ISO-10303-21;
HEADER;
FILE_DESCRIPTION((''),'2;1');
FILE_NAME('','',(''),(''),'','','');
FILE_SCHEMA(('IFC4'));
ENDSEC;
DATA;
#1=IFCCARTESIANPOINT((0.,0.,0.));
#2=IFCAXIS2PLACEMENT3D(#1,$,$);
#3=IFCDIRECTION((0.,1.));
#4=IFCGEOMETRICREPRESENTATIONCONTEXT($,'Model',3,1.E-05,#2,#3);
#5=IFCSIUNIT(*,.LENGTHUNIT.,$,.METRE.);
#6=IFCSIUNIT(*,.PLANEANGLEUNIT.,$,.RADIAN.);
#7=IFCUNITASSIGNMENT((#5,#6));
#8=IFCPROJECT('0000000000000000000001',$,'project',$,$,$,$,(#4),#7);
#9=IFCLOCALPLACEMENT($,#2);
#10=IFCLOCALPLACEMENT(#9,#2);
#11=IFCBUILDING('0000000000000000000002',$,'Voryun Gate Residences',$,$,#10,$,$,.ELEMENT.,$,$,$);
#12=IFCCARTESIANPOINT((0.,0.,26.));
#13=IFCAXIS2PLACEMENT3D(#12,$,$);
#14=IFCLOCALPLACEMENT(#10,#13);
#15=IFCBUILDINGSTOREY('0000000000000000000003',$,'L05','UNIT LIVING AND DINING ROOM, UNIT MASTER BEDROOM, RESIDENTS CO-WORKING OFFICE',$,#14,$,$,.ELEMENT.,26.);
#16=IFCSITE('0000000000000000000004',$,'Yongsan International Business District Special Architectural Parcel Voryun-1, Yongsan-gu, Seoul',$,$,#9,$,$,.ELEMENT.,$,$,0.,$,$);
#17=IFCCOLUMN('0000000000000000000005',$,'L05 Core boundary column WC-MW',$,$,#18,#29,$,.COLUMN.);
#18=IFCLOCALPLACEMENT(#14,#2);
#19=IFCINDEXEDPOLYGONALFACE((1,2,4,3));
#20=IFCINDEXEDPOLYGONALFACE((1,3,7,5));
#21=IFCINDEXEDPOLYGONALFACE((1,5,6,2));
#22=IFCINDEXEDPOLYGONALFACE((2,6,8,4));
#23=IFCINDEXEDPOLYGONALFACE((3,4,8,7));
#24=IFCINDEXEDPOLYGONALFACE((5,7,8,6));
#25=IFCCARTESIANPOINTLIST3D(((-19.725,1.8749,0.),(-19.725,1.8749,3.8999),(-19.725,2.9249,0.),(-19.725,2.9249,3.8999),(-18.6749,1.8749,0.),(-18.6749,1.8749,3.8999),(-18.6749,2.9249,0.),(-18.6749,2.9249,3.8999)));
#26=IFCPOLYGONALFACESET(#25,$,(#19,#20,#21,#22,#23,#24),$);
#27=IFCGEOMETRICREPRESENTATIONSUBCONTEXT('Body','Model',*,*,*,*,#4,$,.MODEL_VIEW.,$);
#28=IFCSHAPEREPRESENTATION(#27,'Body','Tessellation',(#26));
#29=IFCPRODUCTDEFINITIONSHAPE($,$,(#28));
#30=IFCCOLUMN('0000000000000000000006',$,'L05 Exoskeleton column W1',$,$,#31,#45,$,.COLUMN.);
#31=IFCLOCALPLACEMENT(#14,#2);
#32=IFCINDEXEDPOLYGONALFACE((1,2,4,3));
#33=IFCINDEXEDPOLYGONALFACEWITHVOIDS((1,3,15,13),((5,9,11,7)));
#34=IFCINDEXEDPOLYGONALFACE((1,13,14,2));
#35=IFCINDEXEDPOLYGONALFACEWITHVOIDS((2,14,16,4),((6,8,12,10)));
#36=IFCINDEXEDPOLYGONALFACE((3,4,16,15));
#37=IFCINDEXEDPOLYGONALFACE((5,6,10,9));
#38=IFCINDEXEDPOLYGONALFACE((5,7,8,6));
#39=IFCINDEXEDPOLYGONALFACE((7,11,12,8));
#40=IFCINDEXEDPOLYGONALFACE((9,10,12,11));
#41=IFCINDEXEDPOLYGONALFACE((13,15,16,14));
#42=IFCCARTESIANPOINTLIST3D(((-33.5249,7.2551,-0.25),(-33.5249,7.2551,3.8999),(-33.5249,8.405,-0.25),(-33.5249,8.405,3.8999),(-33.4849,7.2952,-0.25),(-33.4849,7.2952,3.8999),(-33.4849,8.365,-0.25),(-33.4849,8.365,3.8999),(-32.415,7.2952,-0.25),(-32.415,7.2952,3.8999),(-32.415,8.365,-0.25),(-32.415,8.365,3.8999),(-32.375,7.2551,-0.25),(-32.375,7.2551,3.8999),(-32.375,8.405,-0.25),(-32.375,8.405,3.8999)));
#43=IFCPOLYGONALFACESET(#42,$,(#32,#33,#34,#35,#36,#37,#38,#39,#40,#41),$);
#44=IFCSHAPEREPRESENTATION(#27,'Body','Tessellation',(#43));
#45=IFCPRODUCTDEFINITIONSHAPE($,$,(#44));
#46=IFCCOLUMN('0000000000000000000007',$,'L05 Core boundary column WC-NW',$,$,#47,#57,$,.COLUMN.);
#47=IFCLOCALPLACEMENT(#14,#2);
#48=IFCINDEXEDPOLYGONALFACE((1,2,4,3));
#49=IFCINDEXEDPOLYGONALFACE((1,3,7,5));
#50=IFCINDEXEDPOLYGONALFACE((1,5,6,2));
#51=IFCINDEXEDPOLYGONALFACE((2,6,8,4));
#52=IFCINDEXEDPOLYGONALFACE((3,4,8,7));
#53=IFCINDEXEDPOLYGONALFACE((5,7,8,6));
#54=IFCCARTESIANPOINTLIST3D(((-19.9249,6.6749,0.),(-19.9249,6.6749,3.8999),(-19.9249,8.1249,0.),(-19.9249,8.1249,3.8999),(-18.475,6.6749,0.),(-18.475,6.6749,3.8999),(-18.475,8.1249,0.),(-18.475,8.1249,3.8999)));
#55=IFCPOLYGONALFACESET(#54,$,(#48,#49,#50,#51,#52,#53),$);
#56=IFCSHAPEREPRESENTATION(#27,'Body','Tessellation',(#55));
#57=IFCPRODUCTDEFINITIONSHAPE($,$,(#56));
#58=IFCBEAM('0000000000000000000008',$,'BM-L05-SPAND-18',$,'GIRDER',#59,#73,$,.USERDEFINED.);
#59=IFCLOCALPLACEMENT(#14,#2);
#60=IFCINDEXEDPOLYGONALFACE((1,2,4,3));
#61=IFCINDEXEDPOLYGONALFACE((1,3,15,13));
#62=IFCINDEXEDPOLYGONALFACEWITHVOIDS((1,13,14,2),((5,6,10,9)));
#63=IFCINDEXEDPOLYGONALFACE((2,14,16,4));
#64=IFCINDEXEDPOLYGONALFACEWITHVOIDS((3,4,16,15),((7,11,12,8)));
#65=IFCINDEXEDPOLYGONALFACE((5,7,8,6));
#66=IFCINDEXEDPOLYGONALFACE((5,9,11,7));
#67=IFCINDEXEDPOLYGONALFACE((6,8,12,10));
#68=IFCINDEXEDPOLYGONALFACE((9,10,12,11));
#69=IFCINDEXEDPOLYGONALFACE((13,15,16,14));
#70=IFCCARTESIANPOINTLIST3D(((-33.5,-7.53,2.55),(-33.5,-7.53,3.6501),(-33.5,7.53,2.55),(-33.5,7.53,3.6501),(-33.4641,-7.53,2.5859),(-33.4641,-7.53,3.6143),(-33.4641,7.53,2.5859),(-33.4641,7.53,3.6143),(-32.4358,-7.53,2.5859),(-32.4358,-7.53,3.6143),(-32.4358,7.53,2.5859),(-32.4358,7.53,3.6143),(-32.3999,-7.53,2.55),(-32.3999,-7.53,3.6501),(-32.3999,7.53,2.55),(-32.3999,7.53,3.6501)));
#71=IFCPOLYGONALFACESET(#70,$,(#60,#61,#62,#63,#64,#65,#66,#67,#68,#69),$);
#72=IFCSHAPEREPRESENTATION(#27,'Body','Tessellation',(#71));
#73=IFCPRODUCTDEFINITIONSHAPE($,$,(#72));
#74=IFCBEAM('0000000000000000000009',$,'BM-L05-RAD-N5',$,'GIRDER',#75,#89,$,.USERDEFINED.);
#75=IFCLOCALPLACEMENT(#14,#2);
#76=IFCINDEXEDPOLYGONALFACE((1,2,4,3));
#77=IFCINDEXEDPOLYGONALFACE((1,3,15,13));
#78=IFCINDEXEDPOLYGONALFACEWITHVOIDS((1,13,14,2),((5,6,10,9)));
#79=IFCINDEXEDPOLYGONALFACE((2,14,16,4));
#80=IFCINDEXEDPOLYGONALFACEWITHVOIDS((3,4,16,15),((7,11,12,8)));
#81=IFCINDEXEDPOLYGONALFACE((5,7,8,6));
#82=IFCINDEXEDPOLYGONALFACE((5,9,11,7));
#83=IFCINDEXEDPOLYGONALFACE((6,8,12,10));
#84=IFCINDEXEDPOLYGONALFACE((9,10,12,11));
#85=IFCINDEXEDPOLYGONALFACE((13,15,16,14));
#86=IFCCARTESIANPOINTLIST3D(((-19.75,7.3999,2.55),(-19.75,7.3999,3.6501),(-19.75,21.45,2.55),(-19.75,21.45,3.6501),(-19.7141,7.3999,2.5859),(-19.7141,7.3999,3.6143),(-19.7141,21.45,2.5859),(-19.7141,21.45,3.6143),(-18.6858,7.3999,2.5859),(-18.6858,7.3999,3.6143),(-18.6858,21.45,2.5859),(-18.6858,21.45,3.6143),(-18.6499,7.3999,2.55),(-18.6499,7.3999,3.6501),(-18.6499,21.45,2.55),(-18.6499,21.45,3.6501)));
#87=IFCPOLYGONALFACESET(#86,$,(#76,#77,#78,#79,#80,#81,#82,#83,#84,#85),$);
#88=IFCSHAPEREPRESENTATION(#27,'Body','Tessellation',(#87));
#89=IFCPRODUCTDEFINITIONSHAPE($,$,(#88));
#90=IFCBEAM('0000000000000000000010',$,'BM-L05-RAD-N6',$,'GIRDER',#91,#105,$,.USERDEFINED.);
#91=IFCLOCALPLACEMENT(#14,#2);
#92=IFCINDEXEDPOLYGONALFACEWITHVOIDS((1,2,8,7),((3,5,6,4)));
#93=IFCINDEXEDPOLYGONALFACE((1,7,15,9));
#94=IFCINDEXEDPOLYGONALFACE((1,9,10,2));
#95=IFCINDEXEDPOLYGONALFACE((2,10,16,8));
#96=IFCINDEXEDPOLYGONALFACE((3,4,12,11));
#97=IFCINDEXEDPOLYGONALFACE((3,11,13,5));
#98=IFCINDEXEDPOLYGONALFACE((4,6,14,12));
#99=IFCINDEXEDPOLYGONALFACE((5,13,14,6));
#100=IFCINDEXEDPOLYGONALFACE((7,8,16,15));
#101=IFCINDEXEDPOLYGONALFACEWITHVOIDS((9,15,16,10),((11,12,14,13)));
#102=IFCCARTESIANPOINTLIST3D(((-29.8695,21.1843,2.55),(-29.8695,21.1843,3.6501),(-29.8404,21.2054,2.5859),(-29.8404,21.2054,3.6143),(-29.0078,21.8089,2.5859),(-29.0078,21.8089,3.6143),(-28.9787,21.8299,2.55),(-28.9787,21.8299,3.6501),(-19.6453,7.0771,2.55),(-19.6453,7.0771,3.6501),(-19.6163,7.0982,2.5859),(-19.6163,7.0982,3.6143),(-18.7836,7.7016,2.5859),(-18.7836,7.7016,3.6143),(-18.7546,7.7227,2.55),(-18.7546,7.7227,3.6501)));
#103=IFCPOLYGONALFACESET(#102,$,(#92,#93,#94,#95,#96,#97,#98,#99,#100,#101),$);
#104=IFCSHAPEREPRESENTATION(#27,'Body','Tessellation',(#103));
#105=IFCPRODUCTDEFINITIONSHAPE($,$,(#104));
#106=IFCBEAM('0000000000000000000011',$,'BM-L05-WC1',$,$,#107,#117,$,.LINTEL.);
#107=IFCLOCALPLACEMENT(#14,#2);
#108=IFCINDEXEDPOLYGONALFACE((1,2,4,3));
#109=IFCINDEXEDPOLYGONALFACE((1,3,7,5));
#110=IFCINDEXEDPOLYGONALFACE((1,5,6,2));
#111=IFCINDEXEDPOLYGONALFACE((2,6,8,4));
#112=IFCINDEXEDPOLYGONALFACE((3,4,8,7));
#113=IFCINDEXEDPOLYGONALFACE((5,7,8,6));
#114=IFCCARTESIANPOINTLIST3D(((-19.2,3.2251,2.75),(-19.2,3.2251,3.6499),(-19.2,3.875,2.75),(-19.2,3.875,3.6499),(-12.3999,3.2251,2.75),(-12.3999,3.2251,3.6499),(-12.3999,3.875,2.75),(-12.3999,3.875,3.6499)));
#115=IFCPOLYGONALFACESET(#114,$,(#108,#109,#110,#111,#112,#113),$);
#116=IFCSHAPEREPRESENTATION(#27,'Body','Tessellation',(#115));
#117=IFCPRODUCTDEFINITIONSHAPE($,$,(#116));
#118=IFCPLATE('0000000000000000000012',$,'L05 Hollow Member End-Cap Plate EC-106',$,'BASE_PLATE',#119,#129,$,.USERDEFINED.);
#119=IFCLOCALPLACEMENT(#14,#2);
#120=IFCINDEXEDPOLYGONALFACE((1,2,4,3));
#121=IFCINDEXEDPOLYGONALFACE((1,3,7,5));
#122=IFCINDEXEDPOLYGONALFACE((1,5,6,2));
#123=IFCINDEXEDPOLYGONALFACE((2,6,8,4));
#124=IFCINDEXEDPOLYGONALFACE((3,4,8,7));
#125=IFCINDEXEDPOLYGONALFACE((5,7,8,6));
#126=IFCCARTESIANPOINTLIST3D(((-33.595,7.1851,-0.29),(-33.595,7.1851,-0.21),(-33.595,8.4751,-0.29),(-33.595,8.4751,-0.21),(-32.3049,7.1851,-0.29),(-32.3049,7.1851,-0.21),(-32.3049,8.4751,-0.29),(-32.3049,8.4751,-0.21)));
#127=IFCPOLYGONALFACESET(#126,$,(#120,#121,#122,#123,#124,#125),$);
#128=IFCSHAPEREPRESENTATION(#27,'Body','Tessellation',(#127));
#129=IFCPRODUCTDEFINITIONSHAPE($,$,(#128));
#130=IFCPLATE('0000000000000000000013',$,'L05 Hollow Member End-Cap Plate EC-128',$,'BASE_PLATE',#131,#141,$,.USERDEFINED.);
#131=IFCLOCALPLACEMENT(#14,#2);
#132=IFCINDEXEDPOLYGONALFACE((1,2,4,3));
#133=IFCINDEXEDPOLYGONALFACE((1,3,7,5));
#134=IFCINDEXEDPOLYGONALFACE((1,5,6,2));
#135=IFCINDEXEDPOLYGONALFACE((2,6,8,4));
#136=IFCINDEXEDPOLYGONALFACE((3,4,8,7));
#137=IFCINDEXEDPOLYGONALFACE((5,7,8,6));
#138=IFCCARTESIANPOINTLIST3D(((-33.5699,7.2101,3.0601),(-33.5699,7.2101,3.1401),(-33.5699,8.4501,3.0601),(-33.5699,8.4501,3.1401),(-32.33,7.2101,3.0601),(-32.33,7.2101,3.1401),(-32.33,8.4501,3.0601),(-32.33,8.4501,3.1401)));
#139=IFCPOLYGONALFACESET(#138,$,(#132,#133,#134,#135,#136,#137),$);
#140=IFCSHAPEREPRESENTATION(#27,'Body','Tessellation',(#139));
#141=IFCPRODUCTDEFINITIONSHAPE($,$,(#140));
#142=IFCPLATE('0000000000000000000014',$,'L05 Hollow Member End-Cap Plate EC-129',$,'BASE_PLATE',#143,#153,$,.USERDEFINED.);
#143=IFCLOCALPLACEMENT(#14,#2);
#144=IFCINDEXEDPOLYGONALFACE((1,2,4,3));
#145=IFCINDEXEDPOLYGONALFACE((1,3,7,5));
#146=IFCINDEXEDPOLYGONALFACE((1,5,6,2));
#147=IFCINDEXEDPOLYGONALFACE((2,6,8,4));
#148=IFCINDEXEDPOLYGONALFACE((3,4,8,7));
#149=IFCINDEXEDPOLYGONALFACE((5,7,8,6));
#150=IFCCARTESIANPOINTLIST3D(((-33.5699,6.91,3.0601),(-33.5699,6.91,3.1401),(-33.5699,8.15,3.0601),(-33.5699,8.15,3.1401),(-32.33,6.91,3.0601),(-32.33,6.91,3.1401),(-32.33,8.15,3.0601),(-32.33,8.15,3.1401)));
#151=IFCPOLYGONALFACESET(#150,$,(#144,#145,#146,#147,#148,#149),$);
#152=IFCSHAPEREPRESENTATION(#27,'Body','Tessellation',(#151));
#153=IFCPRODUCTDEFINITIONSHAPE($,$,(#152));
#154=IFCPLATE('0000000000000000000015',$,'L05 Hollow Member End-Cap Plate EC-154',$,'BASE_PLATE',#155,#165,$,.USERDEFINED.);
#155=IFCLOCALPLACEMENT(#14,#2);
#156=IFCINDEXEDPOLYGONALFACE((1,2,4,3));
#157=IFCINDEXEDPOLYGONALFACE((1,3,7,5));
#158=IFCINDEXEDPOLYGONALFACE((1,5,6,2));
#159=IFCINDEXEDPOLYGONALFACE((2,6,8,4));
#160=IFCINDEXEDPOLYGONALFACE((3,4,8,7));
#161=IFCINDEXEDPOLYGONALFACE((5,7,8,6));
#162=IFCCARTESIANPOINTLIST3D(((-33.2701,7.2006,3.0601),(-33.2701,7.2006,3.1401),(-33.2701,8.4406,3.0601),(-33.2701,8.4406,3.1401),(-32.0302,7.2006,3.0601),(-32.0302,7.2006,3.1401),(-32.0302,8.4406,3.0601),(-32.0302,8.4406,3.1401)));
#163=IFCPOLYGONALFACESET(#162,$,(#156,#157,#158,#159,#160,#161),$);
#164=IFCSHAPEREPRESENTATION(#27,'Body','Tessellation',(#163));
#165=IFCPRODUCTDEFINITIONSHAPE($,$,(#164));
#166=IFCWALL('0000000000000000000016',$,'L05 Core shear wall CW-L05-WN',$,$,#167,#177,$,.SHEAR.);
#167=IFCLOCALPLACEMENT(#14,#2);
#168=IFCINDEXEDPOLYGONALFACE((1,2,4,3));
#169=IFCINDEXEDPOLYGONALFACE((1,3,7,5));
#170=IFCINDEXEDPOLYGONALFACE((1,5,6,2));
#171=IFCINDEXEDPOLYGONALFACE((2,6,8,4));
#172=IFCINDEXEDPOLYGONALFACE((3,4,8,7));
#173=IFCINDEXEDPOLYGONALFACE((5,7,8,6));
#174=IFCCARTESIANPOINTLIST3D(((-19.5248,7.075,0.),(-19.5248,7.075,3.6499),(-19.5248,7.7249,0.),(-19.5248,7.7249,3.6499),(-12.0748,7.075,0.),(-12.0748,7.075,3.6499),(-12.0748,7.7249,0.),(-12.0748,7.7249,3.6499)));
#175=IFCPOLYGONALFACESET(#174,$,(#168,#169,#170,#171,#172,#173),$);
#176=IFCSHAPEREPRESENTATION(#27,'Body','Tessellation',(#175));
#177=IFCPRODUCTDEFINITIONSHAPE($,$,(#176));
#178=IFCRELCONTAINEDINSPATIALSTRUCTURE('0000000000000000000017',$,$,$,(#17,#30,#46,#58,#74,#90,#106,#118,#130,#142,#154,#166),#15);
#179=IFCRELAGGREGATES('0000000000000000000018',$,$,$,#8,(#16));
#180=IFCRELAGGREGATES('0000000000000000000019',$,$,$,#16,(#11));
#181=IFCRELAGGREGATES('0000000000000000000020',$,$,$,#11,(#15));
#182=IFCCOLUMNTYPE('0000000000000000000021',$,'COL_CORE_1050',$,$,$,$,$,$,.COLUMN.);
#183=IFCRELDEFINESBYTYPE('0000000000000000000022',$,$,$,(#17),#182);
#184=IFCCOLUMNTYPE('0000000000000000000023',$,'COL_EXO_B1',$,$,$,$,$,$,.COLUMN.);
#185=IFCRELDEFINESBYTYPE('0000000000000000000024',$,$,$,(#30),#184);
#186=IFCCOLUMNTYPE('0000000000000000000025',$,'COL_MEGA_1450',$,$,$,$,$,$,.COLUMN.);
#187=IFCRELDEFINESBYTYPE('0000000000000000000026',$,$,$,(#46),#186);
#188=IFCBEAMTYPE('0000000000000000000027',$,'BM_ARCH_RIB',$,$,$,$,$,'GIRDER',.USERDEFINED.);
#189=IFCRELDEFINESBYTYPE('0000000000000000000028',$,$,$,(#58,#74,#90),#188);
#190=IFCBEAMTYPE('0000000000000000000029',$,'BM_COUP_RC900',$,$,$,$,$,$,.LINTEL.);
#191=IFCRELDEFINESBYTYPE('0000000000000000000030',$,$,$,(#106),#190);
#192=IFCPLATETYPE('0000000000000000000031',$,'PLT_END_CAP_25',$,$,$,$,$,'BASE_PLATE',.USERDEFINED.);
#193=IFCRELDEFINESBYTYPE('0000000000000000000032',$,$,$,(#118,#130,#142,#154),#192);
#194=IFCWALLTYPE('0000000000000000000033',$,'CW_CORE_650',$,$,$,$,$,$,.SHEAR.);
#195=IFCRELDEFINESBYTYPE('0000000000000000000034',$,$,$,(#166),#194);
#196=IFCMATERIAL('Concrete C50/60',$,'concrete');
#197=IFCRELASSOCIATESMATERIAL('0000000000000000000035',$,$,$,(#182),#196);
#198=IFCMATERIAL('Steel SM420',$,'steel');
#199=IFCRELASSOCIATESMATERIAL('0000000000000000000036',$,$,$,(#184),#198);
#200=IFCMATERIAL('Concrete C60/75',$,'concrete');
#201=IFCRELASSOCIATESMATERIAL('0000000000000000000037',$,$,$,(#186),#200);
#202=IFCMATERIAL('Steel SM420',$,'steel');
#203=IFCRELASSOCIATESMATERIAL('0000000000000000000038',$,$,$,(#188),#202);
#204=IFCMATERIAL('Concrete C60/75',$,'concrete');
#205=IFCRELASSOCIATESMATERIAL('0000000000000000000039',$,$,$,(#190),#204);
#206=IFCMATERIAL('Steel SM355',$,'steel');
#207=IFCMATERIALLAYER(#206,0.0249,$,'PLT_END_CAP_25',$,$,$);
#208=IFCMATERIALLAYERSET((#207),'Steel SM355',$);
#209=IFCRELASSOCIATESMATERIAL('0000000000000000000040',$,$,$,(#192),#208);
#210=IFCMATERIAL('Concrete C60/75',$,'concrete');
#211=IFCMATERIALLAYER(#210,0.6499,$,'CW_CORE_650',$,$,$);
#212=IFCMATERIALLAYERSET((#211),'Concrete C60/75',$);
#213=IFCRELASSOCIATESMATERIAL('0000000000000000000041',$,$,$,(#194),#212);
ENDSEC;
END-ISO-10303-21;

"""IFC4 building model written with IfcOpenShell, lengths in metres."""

from ifc_helpers import new_model, si_unit, direction, frame, frame_2d, origin, origin_2d, place, context, subcontext, project, spatial, rectangle, hollow_rectangle, extrude, material, layer, layer_set, material_profile, profile_set, type_object, element, save


model = new_model("IFC4")

# Units and contexts
model_context = context("Model", 3, precision=1e-05, world=origin(), true_north=direction((0.0, 1.0)))
body_context = subcontext(model_context, "Body", "Model", "MODEL_VIEW")
ifc_project = project(units=[si_unit("LENGTHUNIT", "METRE"), si_unit("PLANEANGLEUNIT", "RADIAN")], contexts=[model_context])

# Site, building, storey
site_placement = place(None, origin())
site = spatial("IfcSite", under=ifc_project, at=site_placement, Name="Yongsan International Business District Special Architectural Parcel Voryun-1, Yongsan-gu, Seoul", CompositionType="ELEMENT", RefElevation=0.0)
building_placement = place(site_placement, origin())
building = spatial("IfcBuilding", under=site, at=building_placement, Name="Voryun Gate Residences", CompositionType="ELEMENT")
storey_placement = place(building_placement, frame((0.0, 0.0, 26.0)))
storey = spatial("IfcBuildingStorey", under=building, at=storey_placement, Name="L05", Description="UNIT LIVING AND DINING ROOM, UNIT MASTER BEDROOM, RESIDENTS CO-WORKING OFFICE", CompositionType="ELEMENT", Elevation=26.0)

# Columns
ifc_material_1 = material(Name="Concrete C50/60", Category="concrete")
ifc_material_profile_1 = material_profile(ifc_material_1, rectangle(XDim=1.05, YDim=1.05, at=origin_2d()), Name="RC-1050x1050")
ifc_profile_set_1 = profile_set([ifc_material_profile_1], Name="Concrete C50/60")
column_type_1 = type_object("IfcColumnType", Name="COL_CORE_1050", PredefinedType="COLUMN", material=ifc_profile_set_1)
column_1_placement = place(storey_placement, frame((-19.2, 2.3999, 0.0), z_axis=(0.0, 0.0, 1.0), x_axis=(1.0, 0.0, 0.0)))
element("IfcColumn", 1, at=column_1_placement, inside=storey, type_object=column_type_1, Name="L05 Core boundary column WC-MW", PredefinedType="COLUMN", context=body_context, shape_type="SweptSolid", body=[
    extrude(rectangle(XDim=1.05, YDim=1.05, at=origin_2d()), origin(), (0.0, 0.0, 1.0), 3.8999),
])
ifc_material_2 = material(Name="Steel SM420", Category="steel")
ifc_material_profile_2 = material_profile(ifc_material_2, hollow_rectangle(XDim=1.1499, YDim=1.1499, WallThickness=0.04, at=origin_2d()), Name="BOX-1150x1150x40")
ifc_profile_set_2 = profile_set([ifc_material_profile_2], Name="Steel SM420")
column_type_2 = type_object("IfcColumnType", Name="COL_EXO_B1", PredefinedType="COLUMN", material=ifc_profile_set_2)
column_2_placement = place(storey_placement, frame((-32.95, 7.8301, -0.25), z_axis=(0.0, 0.0, 1.0), x_axis=(1.0, 0.0, 0.0)))
element("IfcColumn", 2, at=column_2_placement, inside=storey, type_object=column_type_2, Name="L05 Exoskeleton column W1", PredefinedType="COLUMN", context=body_context, shape_type="SweptSolid", body=[
    extrude(hollow_rectangle(XDim=1.1499, YDim=1.1499, WallThickness=0.04, at=origin_2d()), origin(), (0.0, 0.0, 1.0), 4.1499),
])
ifc_material_3 = material(Name="Concrete C60/75", Category="concrete")
ifc_material_profile_3 = material_profile(ifc_material_3, rectangle(XDim=1.45, YDim=1.45, at=origin_2d()), Name="RC-1450x1450")
ifc_profile_set_3 = profile_set([ifc_material_profile_3], Name="Concrete C60/75")
column_type_3 = type_object("IfcColumnType", Name="COL_MEGA_1450", PredefinedType="COLUMN", material=ifc_profile_set_3)
column_3_placement = place(storey_placement, frame((-19.2, 7.3999, 0.0), z_axis=(0.0, 0.0, 1.0), x_axis=(1.0, 0.0, 0.0)))
element("IfcColumn", 3, at=column_3_placement, inside=storey, type_object=column_type_3, Name="L05 Core boundary column WC-NW", PredefinedType="COLUMN", context=body_context, shape_type="SweptSolid", body=[
    extrude(rectangle(XDim=1.45, YDim=1.45, at=origin_2d()), origin(), (0.0, 0.0, 1.0), 3.8999),
])

# Beams
ifc_material_4 = material(Name="Steel SM420", Category="steel")
ifc_material_profile_4 = material_profile(ifc_material_4, hollow_rectangle(XDim=1.1001, YDim=1.1001, WallThickness=0.0359, at=origin_2d()), Name="BOX-1100x1100x36")
ifc_profile_set_4 = profile_set([ifc_material_profile_4], Name="Steel SM420")
beam_type_1 = type_object("IfcBeamType", Name="BM_ARCH_RIB", ElementType="GIRDER", PredefinedType="USERDEFINED", material=ifc_profile_set_4)
beam_1_placement = place(storey_placement, frame((-32.95, 7.53, 3.1001), z_axis=(0.0, -1.0, 0.0), x_axis=(1.0, 0.0, 0.0)))
element("IfcBeam", 4, at=beam_1_placement, inside=storey, type_object=beam_type_1, Name="BM-L05-SPAND-18", ObjectType="GIRDER", PredefinedType="USERDEFINED", context=body_context, shape_type="SweptSolid", body=[
    extrude(hollow_rectangle(XDim=1.1001, YDim=1.1001, WallThickness=0.0359, at=origin_2d()), origin(), (0.0, 0.0, 1.0), 15.0601),
])
beam_2_placement = place(storey_placement, frame((-19.2, 7.3999, 3.1001), z_axis=(0.0, 1.0, 0.0), x_axis=(-1.0, 0.0, 0.0)))
element("IfcBeam", 5, at=beam_2_placement, inside=storey, type_object=beam_type_1, Name="BM-L05-RAD-N5", ObjectType="GIRDER", PredefinedType="USERDEFINED", context=body_context, shape_type="SweptSolid", body=[
    extrude(hollow_rectangle(XDim=1.1001, YDim=1.1001, WallThickness=0.0359, at=origin_2d()), origin(), (0.0, 0.0, 1.0), 14.05),
])
beam_3_placement = place(storey_placement, frame((-19.2, 7.3999, 3.1001), z_axis=(-0.586833, 0.809708, 0.0), x_axis=(-0.809708, -0.586833, 0.0)))
element("IfcBeam", 6, at=beam_3_placement, inside=storey, type_object=beam_type_1, Name="BM-L05-RAD-N6", ObjectType="GIRDER", PredefinedType="USERDEFINED", context=body_context, shape_type="SweptSolid", body=[
    extrude(hollow_rectangle(XDim=1.1001, YDim=1.1001, WallThickness=0.0359, at=origin_2d()), origin(), (0.0, 0.0, 1.0), 17.4226),
])
ifc_material_5 = material(Name="Concrete C60/75", Category="concrete")
ifc_material_profile_5 = material_profile(ifc_material_5, rectangle(XDim=0.6499, YDim=0.8999, at=origin_2d()), Name="RC-650x900")
ifc_profile_set_5 = profile_set([ifc_material_profile_5], Name="Concrete C60/75")
beam_type_2 = type_object("IfcBeamType", Name="BM_COUP_RC900", PredefinedType="LINTEL", material=ifc_profile_set_5)
beam_4_placement = place(storey_placement, frame((-19.2, 3.55, 3.2), z_axis=(1.0, 0.0, 0.0), x_axis=(0.0, 1.0, 0.0)))
element("IfcBeam", 7, at=beam_4_placement, inside=storey, type_object=beam_type_2, Name="BM-L05-WC1", PredefinedType="LINTEL", context=body_context, shape_type="SweptSolid", body=[
    extrude(rectangle(XDim=0.6499, YDim=0.8999, at=origin_2d()), origin(), (0.0, 0.0, 1.0), 6.8),
])

# Plates
ifc_material_6 = material(Name="Steel SM355", Category="steel")
ifc_layer_1 = layer(ifc_material_6, 0.0249, Name="PLT_END_CAP_25")
ifc_layer_set_1 = layer_set([ifc_layer_1], Name="Steel SM355")
plate_type = type_object("IfcPlateType", Name="PLT_END_CAP_25", ElementType="BASE_PLATE", PredefinedType="USERDEFINED", material=ifc_layer_set_1)
plate_placement = place(storey_placement, frame((-32.95, 7.8301, -0.29), z_axis=(0.0, 0.0, 1.0), x_axis=(1.0, 0.0, 0.0)))
element("IfcPlate", 8, at=plate_placement, inside=storey, type_object=plate_type, Name="L05 Hollow Member End-Cap Plate EC-106", ObjectType="BASE_PLATE", PredefinedType="USERDEFINED", context=body_context, shape_type="SweptSolid", body=[
    extrude(rectangle(XDim=1.29, YDim=1.29, at=origin_2d()), origin(), (0.0, 0.0, 1.0), 0.0801),
])
for number, where, z_axis, x_axis, name in (
    (9, (-32.95, 7.8301, 3.0601), (0.0, 0.0, 1.0), (1.0, 0.0, 0.0), "L05 Hollow Member End-Cap Plate EC-128"),
    (10, (-32.95, 7.53, 3.0601), (0.0, 0.0, 1.0), (1.0, 0.0, 0.0), "L05 Hollow Member End-Cap Plate EC-129"),
    (11, (-32.6501, 7.8206, 3.0601), (0.0, 0.0, 1.0), (1.0, 0.0, 0.0), "L05 Hollow Member End-Cap Plate EC-154"),
):
    element("IfcPlate", number, at=place(storey_placement, frame(where, z_axis=z_axis, x_axis=x_axis)), inside=storey, type_object=plate_type, Name=name, ObjectType="BASE_PLATE", PredefinedType="USERDEFINED", context=body_context, shape_type="SweptSolid", body=[
        extrude(rectangle(XDim=1.24, YDim=1.24, at=origin_2d()), origin(), (0.0, 0.0, 1.0), 0.0801),
    ])

# Wall
ifc_material_7 = material(Name="Concrete C60/75", Category="concrete")
ifc_layer_2 = layer(ifc_material_7, 0.6499, Name="CW_CORE_650")
ifc_layer_set_2 = layer_set([ifc_layer_2], Name="Concrete C60/75")
wall_type_1 = type_object("IfcWallType", Name="CW_CORE_650", PredefinedType="SHEAR", material=ifc_layer_set_2)
wall_1_placement = place(storey_placement, frame((-19.5249, 7.3999, 0.0), z_axis=(0.0, 0.0, 1.0), x_axis=(1.0, 0.0, 0.0)))
element("IfcWall", 12, at=wall_1_placement, inside=storey, type_object=wall_type_1, Name="L05 Core shear wall CW-L05-WN", PredefinedType="SHEAR", context=body_context, shape_type="SweptSolid", body=[
    extrude(rectangle(XDim=7.45, YDim=0.6499, at=frame_2d((3.7251, 0.0))), origin(), (0.0, 0.0, 1.0), 3.6499),
])

save(model, "model.ifc")
